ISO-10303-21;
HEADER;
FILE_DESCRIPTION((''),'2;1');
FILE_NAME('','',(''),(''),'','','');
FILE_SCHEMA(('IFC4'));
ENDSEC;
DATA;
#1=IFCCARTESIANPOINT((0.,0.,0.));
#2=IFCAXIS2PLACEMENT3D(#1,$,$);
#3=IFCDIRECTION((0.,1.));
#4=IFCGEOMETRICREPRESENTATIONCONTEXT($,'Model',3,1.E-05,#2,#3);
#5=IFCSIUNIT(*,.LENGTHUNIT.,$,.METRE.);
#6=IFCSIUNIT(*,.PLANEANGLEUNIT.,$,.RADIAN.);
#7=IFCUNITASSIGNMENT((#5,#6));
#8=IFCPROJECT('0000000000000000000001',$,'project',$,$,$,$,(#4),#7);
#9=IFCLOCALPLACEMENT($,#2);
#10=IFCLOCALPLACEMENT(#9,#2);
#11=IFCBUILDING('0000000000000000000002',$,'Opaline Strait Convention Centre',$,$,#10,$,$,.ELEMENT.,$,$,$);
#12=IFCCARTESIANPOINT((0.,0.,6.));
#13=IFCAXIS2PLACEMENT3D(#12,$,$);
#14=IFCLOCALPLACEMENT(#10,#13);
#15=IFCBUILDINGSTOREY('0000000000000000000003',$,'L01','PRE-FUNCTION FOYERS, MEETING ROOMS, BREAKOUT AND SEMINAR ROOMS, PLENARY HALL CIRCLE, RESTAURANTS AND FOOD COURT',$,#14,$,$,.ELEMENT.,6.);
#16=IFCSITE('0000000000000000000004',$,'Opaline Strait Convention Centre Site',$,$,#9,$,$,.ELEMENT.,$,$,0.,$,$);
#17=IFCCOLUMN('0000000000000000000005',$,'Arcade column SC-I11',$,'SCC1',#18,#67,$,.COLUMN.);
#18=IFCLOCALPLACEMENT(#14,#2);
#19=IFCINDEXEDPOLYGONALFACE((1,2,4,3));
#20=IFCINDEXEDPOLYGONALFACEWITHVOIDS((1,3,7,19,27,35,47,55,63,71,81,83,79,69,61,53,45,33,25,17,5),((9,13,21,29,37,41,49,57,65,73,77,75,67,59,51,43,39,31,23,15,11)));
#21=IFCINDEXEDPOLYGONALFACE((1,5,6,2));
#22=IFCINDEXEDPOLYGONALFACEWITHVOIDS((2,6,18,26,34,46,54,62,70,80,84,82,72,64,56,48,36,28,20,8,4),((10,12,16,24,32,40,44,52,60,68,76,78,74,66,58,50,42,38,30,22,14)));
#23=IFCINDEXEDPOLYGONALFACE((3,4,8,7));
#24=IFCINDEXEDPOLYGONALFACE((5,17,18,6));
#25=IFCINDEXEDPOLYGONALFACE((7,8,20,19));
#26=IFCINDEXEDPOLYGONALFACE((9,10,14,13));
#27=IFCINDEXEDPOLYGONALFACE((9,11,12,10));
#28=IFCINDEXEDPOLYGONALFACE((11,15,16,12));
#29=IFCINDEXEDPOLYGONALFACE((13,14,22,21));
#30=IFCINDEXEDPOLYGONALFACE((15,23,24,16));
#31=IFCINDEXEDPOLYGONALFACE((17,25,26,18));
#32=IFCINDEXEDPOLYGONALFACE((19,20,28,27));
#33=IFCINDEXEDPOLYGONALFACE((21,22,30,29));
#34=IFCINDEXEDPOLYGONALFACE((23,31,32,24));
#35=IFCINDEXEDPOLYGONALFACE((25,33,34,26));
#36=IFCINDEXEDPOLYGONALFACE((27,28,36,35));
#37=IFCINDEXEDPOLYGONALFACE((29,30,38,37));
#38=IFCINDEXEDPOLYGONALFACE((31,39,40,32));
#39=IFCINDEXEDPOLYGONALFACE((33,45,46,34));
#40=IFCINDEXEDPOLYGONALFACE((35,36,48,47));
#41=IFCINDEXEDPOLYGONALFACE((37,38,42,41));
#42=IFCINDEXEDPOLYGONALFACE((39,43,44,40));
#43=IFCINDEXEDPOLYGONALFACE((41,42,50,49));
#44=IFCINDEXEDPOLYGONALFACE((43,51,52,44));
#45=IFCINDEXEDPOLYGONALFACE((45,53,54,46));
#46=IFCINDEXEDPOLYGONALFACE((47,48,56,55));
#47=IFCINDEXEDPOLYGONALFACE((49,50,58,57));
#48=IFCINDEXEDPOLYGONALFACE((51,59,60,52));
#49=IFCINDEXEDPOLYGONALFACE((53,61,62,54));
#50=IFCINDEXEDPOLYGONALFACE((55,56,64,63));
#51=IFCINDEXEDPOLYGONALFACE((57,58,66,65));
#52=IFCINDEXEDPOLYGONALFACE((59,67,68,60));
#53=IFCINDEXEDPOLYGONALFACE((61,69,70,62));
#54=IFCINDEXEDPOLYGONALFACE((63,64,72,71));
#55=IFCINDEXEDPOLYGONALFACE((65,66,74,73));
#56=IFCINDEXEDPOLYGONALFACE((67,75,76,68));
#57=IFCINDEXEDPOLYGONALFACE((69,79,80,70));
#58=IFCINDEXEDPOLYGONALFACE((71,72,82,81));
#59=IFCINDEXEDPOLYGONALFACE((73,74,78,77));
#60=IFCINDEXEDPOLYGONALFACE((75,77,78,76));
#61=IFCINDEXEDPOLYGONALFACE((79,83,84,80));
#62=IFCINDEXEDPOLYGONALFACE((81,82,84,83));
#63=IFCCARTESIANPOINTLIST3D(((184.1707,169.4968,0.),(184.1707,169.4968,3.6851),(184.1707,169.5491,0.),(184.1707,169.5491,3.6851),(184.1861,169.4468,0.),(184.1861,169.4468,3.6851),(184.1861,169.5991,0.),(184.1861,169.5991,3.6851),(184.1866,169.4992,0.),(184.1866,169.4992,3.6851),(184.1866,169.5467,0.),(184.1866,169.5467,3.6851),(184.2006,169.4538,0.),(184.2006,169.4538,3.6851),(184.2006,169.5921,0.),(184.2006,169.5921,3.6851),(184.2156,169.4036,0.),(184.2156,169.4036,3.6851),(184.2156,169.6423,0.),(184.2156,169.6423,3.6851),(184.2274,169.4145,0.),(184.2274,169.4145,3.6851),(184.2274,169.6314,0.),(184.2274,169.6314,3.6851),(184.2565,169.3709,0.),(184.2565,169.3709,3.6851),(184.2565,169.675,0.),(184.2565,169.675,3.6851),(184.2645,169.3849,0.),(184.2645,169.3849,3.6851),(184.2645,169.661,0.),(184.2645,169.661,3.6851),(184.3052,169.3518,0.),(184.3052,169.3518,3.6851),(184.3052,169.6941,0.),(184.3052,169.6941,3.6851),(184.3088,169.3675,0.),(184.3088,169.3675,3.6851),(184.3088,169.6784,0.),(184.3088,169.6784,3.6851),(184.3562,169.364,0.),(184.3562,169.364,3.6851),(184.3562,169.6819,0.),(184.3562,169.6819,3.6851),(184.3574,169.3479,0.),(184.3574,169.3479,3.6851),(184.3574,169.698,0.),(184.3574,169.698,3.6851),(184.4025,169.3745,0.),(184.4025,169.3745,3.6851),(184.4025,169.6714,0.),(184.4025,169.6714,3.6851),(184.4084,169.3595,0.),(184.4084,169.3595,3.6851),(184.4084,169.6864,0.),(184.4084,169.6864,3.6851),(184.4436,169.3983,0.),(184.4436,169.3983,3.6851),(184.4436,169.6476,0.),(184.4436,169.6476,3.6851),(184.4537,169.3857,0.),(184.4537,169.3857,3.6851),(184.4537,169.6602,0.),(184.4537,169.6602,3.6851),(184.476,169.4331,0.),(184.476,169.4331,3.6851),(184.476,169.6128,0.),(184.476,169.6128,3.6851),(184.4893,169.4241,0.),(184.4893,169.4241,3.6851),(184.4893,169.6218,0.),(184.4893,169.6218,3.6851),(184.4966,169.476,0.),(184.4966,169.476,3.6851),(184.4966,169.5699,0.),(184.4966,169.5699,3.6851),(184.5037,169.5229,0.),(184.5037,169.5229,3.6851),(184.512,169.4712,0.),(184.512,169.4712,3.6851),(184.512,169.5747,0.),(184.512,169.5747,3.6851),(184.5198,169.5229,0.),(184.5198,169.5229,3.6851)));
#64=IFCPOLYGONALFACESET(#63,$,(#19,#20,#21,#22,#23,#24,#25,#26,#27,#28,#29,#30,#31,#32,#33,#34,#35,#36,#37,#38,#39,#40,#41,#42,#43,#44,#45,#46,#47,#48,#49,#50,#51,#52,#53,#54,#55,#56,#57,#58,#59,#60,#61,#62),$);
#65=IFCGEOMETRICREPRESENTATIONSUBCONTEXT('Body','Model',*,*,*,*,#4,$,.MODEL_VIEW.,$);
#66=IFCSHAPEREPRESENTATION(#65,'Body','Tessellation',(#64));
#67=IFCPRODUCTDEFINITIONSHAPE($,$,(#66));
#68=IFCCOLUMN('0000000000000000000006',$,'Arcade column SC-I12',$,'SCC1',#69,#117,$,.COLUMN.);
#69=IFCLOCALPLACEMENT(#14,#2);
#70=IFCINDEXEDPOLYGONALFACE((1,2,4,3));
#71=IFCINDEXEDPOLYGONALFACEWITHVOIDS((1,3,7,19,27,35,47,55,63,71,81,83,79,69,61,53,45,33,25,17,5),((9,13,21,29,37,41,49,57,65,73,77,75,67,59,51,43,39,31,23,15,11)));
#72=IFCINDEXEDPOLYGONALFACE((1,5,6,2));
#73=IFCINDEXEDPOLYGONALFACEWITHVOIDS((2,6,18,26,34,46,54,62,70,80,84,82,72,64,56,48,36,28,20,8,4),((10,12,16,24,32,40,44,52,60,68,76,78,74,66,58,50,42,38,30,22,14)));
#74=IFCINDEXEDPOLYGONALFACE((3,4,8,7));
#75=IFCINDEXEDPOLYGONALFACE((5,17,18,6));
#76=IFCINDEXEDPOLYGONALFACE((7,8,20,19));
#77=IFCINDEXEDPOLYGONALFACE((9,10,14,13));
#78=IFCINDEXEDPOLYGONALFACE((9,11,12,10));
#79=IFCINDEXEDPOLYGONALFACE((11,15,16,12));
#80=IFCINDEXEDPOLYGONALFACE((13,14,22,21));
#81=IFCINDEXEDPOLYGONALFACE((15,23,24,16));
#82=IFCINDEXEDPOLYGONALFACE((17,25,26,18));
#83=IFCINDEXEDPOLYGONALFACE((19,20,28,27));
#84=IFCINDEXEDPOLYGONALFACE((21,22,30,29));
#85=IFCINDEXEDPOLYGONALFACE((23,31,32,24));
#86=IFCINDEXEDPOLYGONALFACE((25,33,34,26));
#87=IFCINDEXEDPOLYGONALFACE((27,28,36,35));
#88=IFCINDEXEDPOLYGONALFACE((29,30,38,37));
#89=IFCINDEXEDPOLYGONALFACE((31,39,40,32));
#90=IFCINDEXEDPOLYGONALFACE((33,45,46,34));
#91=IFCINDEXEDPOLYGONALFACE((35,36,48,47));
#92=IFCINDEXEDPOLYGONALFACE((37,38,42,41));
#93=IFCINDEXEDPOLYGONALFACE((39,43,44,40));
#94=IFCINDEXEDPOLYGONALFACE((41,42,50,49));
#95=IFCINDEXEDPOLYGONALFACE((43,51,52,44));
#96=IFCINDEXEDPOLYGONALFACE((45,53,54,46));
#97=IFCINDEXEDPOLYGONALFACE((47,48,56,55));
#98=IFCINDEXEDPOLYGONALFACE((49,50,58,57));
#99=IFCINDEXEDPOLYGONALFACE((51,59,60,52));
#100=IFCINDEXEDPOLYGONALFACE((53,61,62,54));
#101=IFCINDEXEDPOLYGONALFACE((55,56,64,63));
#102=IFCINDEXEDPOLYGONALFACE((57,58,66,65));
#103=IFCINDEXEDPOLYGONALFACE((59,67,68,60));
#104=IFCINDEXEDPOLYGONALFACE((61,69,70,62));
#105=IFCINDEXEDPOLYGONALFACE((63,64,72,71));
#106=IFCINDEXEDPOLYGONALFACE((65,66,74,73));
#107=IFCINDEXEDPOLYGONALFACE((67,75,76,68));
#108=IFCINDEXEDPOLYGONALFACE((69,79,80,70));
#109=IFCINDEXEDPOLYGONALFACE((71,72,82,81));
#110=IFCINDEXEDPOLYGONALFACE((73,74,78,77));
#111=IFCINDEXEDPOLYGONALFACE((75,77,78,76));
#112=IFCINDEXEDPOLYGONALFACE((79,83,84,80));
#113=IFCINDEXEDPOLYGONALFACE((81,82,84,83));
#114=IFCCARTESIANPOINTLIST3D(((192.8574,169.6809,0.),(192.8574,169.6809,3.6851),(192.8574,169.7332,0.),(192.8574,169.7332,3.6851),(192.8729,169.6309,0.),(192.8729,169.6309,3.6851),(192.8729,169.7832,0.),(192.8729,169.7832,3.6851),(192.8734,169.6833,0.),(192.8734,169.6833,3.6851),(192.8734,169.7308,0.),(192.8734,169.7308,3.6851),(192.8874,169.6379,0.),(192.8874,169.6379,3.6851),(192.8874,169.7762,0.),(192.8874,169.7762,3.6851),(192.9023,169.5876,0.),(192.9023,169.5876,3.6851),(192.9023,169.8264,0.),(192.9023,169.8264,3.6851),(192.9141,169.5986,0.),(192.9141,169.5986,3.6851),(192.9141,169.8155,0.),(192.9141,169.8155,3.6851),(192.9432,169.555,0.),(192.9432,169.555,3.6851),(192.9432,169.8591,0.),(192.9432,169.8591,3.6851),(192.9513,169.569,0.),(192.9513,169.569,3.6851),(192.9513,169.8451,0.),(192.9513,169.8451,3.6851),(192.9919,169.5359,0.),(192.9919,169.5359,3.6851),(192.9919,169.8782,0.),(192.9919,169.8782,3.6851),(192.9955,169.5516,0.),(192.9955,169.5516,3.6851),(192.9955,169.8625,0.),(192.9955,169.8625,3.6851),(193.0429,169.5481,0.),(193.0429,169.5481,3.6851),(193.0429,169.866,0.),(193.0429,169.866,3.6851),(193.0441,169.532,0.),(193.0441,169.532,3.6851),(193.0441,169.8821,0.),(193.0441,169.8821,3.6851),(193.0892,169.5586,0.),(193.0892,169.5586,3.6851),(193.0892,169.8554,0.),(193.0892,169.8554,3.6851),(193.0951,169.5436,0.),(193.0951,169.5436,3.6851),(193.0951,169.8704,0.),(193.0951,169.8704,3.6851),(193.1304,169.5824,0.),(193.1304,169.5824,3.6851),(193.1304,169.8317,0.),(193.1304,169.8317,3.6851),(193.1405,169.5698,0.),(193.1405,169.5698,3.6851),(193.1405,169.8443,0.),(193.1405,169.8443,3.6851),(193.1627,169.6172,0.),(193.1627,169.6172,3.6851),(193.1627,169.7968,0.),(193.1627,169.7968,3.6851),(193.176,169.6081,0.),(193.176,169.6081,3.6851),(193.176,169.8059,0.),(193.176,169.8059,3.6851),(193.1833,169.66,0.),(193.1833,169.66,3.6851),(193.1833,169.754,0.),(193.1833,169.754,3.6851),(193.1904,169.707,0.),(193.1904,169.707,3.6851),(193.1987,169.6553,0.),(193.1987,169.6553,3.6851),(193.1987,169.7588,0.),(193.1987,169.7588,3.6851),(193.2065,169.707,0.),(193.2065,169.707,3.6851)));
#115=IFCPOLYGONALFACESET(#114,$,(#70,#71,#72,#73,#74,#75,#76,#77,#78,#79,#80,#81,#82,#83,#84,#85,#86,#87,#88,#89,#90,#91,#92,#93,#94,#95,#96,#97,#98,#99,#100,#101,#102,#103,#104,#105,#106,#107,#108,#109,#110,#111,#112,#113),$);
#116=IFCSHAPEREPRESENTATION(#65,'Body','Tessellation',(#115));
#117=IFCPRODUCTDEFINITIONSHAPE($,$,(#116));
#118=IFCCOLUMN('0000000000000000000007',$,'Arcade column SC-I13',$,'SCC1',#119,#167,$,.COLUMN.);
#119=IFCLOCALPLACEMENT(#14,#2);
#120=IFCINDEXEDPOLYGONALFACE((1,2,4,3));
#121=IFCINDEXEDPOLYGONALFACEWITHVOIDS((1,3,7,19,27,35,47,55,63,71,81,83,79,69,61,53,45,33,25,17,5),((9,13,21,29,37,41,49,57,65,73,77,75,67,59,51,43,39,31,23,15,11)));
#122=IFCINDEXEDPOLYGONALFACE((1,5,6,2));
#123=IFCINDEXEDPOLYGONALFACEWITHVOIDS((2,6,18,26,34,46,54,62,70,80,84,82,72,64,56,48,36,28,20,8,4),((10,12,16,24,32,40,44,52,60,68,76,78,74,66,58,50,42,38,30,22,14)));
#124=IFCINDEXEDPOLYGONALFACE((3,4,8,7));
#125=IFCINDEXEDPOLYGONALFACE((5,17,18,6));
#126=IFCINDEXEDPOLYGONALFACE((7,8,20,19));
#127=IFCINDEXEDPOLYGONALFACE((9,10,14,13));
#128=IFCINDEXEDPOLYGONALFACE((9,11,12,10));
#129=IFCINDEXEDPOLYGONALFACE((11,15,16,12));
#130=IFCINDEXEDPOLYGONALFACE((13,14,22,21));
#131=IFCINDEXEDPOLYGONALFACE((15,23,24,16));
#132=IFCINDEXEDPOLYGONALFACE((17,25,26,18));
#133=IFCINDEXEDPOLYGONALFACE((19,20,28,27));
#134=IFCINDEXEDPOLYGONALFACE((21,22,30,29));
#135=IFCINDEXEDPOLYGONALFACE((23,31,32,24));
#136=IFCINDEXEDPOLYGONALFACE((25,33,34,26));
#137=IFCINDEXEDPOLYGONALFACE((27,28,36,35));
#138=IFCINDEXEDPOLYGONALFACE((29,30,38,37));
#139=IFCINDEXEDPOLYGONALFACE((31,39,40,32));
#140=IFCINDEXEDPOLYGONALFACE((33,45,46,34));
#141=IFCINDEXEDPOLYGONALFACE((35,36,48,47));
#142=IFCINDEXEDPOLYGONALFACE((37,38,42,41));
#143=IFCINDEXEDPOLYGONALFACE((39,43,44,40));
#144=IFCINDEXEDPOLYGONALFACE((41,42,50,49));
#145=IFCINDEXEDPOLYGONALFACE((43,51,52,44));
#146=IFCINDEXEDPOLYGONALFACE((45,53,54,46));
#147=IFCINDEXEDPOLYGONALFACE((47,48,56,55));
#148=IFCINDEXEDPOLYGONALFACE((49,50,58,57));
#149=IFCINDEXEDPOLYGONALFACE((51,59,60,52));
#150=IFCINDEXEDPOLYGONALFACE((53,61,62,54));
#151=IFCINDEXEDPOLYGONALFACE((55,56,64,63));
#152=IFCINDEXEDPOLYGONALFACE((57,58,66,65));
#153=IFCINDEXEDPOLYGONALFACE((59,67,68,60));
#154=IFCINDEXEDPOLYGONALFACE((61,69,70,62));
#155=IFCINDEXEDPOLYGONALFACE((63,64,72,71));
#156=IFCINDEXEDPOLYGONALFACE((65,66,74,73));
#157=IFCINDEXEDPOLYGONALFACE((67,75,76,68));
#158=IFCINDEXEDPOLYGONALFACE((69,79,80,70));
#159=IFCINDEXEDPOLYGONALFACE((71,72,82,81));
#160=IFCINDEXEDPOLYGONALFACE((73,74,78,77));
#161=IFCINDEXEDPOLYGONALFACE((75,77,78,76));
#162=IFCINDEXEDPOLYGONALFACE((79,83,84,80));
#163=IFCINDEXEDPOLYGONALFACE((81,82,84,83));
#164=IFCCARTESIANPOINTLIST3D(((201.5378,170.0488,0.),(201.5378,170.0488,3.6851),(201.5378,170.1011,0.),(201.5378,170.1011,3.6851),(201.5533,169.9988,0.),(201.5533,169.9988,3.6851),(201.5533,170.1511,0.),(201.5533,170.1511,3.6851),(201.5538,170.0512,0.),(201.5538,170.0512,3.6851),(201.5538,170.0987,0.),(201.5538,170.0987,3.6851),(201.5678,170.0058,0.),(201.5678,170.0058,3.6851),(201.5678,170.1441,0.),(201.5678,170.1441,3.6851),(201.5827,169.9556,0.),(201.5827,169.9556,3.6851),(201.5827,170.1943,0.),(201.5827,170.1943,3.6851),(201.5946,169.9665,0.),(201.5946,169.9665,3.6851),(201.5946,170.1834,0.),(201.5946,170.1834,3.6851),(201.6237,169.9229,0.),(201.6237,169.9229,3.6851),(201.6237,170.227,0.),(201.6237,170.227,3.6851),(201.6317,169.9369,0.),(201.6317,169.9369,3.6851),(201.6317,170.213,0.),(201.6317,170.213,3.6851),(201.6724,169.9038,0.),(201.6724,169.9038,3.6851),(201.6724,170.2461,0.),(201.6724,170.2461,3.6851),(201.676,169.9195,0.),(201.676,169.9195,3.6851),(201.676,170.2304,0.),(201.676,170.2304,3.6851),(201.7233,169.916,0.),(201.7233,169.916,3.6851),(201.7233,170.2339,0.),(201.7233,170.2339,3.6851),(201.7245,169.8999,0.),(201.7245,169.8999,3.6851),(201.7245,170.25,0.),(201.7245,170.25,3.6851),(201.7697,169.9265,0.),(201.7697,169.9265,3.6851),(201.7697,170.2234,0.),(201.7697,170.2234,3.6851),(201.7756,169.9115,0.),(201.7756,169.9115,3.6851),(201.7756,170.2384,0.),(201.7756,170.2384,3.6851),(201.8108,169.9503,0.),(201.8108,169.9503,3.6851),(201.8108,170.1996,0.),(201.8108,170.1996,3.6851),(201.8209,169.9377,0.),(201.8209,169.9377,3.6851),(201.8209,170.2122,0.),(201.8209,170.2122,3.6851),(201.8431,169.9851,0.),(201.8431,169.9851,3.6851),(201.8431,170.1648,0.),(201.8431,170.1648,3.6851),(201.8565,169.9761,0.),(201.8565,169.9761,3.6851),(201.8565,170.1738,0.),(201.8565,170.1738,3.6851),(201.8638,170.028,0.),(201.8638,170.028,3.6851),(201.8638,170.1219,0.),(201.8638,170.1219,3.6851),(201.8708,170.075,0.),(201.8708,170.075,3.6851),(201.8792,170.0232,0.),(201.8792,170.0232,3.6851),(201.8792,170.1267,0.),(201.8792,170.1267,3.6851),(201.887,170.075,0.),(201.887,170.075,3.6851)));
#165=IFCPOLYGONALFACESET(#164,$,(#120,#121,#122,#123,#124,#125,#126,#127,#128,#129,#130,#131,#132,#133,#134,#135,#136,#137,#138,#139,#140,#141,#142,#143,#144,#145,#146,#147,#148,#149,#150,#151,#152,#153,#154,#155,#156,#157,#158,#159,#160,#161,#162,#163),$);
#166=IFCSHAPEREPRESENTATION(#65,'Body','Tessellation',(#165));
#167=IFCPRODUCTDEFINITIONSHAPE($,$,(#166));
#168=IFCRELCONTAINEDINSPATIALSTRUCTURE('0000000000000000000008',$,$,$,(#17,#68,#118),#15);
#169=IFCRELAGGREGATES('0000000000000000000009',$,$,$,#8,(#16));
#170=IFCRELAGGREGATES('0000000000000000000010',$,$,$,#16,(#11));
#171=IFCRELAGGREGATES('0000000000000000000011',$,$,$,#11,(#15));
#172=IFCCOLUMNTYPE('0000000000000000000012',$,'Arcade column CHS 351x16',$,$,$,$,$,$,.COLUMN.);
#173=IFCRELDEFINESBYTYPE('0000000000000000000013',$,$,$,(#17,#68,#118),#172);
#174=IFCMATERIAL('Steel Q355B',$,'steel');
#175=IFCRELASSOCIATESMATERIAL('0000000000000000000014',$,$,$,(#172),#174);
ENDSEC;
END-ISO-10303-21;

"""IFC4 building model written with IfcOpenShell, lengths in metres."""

from ifc_helpers import new_model, si_unit, direction, frame, origin, origin_2d, place, context, subcontext, project, spatial, hollow_circle, extrude, material, material_profile, profile_set, type_object, element, save


model = new_model("IFC4")

# Units and contexts
model_context = context("Model", 3, precision=1e-05, world=origin(), true_north=direction((0.0, 1.0)))
body_context = subcontext(model_context, "Body", "Model", "MODEL_VIEW")
ifc_project = project(units=[si_unit("LENGTHUNIT", "METRE"), si_unit("PLANEANGLEUNIT", "RADIAN")], contexts=[model_context])

# Site, building, storey
site_placement = place(None, origin())
site = spatial("IfcSite", under=ifc_project, at=site_placement, Name="Opaline Strait Convention Centre Site", CompositionType="ELEMENT", RefElevation=0.0)
building_placement = place(site_placement, origin())
building = spatial("IfcBuilding", under=site, at=building_placement, Name="Opaline Strait Convention Centre", CompositionType="ELEMENT")
storey_placement = place(building_placement, frame((0.0, 0.0, 6.0)))
storey = spatial("IfcBuildingStorey", under=building, at=storey_placement, Name="L01", Description="PRE-FUNCTION FOYERS, MEETING ROOMS, BREAKOUT AND SEMINAR ROOMS, PLENARY HALL CIRCLE, RESTAURANTS AND FOOD COURT", CompositionType="ELEMENT", Elevation=6.0)

# Columns
ifc_material_1 = material(Name="Steel Q355B", Category="steel")
ifc_material_profile_1 = material_profile(ifc_material_1, hollow_circle(Radius=0.1755, WallThickness=0.0161, at=origin_2d()), Name="CHS 351x16")
ifc_profile_set_1 = profile_set([ifc_material_profile_1], Name="Steel Q355B")
column_type_1 = type_object("IfcColumnType", Name="Arcade column CHS 351x16", PredefinedType="COLUMN", material=ifc_profile_set_1)
for number, where, z_axis, x_axis, name in (
    (1, (184.3442, 169.5229, 0.0), (0.0, 0.0, 1.0), (1.0, 0.0, 0.0), "Arcade column SC-I11"),
    (2, (193.031, 169.707, 0.0), (0.0, 0.0, 1.0), (1.0, 0.0, 0.0), "Arcade column SC-I12"),
    (3, (201.7114, 170.075, 0.0), (0.0, 0.0, 1.0), (1.0, 0.0, 0.0), "Arcade column SC-I13"),
):
    element("IfcColumn", number, at=place(storey_placement, frame(where, z_axis=z_axis, x_axis=x_axis)), inside=storey, type_object=column_type_1, Name=name, ObjectType="SCC1", PredefinedType="COLUMN", context=body_context, shape_type="SweptSolid", body=[
        extrude(hollow_circle(Radius=0.1755, WallThickness=0.0161, at=origin_2d()), origin(), (0.0, 0.0, 1.0), 3.6851),
    ])

save(model, "model.ifc")
